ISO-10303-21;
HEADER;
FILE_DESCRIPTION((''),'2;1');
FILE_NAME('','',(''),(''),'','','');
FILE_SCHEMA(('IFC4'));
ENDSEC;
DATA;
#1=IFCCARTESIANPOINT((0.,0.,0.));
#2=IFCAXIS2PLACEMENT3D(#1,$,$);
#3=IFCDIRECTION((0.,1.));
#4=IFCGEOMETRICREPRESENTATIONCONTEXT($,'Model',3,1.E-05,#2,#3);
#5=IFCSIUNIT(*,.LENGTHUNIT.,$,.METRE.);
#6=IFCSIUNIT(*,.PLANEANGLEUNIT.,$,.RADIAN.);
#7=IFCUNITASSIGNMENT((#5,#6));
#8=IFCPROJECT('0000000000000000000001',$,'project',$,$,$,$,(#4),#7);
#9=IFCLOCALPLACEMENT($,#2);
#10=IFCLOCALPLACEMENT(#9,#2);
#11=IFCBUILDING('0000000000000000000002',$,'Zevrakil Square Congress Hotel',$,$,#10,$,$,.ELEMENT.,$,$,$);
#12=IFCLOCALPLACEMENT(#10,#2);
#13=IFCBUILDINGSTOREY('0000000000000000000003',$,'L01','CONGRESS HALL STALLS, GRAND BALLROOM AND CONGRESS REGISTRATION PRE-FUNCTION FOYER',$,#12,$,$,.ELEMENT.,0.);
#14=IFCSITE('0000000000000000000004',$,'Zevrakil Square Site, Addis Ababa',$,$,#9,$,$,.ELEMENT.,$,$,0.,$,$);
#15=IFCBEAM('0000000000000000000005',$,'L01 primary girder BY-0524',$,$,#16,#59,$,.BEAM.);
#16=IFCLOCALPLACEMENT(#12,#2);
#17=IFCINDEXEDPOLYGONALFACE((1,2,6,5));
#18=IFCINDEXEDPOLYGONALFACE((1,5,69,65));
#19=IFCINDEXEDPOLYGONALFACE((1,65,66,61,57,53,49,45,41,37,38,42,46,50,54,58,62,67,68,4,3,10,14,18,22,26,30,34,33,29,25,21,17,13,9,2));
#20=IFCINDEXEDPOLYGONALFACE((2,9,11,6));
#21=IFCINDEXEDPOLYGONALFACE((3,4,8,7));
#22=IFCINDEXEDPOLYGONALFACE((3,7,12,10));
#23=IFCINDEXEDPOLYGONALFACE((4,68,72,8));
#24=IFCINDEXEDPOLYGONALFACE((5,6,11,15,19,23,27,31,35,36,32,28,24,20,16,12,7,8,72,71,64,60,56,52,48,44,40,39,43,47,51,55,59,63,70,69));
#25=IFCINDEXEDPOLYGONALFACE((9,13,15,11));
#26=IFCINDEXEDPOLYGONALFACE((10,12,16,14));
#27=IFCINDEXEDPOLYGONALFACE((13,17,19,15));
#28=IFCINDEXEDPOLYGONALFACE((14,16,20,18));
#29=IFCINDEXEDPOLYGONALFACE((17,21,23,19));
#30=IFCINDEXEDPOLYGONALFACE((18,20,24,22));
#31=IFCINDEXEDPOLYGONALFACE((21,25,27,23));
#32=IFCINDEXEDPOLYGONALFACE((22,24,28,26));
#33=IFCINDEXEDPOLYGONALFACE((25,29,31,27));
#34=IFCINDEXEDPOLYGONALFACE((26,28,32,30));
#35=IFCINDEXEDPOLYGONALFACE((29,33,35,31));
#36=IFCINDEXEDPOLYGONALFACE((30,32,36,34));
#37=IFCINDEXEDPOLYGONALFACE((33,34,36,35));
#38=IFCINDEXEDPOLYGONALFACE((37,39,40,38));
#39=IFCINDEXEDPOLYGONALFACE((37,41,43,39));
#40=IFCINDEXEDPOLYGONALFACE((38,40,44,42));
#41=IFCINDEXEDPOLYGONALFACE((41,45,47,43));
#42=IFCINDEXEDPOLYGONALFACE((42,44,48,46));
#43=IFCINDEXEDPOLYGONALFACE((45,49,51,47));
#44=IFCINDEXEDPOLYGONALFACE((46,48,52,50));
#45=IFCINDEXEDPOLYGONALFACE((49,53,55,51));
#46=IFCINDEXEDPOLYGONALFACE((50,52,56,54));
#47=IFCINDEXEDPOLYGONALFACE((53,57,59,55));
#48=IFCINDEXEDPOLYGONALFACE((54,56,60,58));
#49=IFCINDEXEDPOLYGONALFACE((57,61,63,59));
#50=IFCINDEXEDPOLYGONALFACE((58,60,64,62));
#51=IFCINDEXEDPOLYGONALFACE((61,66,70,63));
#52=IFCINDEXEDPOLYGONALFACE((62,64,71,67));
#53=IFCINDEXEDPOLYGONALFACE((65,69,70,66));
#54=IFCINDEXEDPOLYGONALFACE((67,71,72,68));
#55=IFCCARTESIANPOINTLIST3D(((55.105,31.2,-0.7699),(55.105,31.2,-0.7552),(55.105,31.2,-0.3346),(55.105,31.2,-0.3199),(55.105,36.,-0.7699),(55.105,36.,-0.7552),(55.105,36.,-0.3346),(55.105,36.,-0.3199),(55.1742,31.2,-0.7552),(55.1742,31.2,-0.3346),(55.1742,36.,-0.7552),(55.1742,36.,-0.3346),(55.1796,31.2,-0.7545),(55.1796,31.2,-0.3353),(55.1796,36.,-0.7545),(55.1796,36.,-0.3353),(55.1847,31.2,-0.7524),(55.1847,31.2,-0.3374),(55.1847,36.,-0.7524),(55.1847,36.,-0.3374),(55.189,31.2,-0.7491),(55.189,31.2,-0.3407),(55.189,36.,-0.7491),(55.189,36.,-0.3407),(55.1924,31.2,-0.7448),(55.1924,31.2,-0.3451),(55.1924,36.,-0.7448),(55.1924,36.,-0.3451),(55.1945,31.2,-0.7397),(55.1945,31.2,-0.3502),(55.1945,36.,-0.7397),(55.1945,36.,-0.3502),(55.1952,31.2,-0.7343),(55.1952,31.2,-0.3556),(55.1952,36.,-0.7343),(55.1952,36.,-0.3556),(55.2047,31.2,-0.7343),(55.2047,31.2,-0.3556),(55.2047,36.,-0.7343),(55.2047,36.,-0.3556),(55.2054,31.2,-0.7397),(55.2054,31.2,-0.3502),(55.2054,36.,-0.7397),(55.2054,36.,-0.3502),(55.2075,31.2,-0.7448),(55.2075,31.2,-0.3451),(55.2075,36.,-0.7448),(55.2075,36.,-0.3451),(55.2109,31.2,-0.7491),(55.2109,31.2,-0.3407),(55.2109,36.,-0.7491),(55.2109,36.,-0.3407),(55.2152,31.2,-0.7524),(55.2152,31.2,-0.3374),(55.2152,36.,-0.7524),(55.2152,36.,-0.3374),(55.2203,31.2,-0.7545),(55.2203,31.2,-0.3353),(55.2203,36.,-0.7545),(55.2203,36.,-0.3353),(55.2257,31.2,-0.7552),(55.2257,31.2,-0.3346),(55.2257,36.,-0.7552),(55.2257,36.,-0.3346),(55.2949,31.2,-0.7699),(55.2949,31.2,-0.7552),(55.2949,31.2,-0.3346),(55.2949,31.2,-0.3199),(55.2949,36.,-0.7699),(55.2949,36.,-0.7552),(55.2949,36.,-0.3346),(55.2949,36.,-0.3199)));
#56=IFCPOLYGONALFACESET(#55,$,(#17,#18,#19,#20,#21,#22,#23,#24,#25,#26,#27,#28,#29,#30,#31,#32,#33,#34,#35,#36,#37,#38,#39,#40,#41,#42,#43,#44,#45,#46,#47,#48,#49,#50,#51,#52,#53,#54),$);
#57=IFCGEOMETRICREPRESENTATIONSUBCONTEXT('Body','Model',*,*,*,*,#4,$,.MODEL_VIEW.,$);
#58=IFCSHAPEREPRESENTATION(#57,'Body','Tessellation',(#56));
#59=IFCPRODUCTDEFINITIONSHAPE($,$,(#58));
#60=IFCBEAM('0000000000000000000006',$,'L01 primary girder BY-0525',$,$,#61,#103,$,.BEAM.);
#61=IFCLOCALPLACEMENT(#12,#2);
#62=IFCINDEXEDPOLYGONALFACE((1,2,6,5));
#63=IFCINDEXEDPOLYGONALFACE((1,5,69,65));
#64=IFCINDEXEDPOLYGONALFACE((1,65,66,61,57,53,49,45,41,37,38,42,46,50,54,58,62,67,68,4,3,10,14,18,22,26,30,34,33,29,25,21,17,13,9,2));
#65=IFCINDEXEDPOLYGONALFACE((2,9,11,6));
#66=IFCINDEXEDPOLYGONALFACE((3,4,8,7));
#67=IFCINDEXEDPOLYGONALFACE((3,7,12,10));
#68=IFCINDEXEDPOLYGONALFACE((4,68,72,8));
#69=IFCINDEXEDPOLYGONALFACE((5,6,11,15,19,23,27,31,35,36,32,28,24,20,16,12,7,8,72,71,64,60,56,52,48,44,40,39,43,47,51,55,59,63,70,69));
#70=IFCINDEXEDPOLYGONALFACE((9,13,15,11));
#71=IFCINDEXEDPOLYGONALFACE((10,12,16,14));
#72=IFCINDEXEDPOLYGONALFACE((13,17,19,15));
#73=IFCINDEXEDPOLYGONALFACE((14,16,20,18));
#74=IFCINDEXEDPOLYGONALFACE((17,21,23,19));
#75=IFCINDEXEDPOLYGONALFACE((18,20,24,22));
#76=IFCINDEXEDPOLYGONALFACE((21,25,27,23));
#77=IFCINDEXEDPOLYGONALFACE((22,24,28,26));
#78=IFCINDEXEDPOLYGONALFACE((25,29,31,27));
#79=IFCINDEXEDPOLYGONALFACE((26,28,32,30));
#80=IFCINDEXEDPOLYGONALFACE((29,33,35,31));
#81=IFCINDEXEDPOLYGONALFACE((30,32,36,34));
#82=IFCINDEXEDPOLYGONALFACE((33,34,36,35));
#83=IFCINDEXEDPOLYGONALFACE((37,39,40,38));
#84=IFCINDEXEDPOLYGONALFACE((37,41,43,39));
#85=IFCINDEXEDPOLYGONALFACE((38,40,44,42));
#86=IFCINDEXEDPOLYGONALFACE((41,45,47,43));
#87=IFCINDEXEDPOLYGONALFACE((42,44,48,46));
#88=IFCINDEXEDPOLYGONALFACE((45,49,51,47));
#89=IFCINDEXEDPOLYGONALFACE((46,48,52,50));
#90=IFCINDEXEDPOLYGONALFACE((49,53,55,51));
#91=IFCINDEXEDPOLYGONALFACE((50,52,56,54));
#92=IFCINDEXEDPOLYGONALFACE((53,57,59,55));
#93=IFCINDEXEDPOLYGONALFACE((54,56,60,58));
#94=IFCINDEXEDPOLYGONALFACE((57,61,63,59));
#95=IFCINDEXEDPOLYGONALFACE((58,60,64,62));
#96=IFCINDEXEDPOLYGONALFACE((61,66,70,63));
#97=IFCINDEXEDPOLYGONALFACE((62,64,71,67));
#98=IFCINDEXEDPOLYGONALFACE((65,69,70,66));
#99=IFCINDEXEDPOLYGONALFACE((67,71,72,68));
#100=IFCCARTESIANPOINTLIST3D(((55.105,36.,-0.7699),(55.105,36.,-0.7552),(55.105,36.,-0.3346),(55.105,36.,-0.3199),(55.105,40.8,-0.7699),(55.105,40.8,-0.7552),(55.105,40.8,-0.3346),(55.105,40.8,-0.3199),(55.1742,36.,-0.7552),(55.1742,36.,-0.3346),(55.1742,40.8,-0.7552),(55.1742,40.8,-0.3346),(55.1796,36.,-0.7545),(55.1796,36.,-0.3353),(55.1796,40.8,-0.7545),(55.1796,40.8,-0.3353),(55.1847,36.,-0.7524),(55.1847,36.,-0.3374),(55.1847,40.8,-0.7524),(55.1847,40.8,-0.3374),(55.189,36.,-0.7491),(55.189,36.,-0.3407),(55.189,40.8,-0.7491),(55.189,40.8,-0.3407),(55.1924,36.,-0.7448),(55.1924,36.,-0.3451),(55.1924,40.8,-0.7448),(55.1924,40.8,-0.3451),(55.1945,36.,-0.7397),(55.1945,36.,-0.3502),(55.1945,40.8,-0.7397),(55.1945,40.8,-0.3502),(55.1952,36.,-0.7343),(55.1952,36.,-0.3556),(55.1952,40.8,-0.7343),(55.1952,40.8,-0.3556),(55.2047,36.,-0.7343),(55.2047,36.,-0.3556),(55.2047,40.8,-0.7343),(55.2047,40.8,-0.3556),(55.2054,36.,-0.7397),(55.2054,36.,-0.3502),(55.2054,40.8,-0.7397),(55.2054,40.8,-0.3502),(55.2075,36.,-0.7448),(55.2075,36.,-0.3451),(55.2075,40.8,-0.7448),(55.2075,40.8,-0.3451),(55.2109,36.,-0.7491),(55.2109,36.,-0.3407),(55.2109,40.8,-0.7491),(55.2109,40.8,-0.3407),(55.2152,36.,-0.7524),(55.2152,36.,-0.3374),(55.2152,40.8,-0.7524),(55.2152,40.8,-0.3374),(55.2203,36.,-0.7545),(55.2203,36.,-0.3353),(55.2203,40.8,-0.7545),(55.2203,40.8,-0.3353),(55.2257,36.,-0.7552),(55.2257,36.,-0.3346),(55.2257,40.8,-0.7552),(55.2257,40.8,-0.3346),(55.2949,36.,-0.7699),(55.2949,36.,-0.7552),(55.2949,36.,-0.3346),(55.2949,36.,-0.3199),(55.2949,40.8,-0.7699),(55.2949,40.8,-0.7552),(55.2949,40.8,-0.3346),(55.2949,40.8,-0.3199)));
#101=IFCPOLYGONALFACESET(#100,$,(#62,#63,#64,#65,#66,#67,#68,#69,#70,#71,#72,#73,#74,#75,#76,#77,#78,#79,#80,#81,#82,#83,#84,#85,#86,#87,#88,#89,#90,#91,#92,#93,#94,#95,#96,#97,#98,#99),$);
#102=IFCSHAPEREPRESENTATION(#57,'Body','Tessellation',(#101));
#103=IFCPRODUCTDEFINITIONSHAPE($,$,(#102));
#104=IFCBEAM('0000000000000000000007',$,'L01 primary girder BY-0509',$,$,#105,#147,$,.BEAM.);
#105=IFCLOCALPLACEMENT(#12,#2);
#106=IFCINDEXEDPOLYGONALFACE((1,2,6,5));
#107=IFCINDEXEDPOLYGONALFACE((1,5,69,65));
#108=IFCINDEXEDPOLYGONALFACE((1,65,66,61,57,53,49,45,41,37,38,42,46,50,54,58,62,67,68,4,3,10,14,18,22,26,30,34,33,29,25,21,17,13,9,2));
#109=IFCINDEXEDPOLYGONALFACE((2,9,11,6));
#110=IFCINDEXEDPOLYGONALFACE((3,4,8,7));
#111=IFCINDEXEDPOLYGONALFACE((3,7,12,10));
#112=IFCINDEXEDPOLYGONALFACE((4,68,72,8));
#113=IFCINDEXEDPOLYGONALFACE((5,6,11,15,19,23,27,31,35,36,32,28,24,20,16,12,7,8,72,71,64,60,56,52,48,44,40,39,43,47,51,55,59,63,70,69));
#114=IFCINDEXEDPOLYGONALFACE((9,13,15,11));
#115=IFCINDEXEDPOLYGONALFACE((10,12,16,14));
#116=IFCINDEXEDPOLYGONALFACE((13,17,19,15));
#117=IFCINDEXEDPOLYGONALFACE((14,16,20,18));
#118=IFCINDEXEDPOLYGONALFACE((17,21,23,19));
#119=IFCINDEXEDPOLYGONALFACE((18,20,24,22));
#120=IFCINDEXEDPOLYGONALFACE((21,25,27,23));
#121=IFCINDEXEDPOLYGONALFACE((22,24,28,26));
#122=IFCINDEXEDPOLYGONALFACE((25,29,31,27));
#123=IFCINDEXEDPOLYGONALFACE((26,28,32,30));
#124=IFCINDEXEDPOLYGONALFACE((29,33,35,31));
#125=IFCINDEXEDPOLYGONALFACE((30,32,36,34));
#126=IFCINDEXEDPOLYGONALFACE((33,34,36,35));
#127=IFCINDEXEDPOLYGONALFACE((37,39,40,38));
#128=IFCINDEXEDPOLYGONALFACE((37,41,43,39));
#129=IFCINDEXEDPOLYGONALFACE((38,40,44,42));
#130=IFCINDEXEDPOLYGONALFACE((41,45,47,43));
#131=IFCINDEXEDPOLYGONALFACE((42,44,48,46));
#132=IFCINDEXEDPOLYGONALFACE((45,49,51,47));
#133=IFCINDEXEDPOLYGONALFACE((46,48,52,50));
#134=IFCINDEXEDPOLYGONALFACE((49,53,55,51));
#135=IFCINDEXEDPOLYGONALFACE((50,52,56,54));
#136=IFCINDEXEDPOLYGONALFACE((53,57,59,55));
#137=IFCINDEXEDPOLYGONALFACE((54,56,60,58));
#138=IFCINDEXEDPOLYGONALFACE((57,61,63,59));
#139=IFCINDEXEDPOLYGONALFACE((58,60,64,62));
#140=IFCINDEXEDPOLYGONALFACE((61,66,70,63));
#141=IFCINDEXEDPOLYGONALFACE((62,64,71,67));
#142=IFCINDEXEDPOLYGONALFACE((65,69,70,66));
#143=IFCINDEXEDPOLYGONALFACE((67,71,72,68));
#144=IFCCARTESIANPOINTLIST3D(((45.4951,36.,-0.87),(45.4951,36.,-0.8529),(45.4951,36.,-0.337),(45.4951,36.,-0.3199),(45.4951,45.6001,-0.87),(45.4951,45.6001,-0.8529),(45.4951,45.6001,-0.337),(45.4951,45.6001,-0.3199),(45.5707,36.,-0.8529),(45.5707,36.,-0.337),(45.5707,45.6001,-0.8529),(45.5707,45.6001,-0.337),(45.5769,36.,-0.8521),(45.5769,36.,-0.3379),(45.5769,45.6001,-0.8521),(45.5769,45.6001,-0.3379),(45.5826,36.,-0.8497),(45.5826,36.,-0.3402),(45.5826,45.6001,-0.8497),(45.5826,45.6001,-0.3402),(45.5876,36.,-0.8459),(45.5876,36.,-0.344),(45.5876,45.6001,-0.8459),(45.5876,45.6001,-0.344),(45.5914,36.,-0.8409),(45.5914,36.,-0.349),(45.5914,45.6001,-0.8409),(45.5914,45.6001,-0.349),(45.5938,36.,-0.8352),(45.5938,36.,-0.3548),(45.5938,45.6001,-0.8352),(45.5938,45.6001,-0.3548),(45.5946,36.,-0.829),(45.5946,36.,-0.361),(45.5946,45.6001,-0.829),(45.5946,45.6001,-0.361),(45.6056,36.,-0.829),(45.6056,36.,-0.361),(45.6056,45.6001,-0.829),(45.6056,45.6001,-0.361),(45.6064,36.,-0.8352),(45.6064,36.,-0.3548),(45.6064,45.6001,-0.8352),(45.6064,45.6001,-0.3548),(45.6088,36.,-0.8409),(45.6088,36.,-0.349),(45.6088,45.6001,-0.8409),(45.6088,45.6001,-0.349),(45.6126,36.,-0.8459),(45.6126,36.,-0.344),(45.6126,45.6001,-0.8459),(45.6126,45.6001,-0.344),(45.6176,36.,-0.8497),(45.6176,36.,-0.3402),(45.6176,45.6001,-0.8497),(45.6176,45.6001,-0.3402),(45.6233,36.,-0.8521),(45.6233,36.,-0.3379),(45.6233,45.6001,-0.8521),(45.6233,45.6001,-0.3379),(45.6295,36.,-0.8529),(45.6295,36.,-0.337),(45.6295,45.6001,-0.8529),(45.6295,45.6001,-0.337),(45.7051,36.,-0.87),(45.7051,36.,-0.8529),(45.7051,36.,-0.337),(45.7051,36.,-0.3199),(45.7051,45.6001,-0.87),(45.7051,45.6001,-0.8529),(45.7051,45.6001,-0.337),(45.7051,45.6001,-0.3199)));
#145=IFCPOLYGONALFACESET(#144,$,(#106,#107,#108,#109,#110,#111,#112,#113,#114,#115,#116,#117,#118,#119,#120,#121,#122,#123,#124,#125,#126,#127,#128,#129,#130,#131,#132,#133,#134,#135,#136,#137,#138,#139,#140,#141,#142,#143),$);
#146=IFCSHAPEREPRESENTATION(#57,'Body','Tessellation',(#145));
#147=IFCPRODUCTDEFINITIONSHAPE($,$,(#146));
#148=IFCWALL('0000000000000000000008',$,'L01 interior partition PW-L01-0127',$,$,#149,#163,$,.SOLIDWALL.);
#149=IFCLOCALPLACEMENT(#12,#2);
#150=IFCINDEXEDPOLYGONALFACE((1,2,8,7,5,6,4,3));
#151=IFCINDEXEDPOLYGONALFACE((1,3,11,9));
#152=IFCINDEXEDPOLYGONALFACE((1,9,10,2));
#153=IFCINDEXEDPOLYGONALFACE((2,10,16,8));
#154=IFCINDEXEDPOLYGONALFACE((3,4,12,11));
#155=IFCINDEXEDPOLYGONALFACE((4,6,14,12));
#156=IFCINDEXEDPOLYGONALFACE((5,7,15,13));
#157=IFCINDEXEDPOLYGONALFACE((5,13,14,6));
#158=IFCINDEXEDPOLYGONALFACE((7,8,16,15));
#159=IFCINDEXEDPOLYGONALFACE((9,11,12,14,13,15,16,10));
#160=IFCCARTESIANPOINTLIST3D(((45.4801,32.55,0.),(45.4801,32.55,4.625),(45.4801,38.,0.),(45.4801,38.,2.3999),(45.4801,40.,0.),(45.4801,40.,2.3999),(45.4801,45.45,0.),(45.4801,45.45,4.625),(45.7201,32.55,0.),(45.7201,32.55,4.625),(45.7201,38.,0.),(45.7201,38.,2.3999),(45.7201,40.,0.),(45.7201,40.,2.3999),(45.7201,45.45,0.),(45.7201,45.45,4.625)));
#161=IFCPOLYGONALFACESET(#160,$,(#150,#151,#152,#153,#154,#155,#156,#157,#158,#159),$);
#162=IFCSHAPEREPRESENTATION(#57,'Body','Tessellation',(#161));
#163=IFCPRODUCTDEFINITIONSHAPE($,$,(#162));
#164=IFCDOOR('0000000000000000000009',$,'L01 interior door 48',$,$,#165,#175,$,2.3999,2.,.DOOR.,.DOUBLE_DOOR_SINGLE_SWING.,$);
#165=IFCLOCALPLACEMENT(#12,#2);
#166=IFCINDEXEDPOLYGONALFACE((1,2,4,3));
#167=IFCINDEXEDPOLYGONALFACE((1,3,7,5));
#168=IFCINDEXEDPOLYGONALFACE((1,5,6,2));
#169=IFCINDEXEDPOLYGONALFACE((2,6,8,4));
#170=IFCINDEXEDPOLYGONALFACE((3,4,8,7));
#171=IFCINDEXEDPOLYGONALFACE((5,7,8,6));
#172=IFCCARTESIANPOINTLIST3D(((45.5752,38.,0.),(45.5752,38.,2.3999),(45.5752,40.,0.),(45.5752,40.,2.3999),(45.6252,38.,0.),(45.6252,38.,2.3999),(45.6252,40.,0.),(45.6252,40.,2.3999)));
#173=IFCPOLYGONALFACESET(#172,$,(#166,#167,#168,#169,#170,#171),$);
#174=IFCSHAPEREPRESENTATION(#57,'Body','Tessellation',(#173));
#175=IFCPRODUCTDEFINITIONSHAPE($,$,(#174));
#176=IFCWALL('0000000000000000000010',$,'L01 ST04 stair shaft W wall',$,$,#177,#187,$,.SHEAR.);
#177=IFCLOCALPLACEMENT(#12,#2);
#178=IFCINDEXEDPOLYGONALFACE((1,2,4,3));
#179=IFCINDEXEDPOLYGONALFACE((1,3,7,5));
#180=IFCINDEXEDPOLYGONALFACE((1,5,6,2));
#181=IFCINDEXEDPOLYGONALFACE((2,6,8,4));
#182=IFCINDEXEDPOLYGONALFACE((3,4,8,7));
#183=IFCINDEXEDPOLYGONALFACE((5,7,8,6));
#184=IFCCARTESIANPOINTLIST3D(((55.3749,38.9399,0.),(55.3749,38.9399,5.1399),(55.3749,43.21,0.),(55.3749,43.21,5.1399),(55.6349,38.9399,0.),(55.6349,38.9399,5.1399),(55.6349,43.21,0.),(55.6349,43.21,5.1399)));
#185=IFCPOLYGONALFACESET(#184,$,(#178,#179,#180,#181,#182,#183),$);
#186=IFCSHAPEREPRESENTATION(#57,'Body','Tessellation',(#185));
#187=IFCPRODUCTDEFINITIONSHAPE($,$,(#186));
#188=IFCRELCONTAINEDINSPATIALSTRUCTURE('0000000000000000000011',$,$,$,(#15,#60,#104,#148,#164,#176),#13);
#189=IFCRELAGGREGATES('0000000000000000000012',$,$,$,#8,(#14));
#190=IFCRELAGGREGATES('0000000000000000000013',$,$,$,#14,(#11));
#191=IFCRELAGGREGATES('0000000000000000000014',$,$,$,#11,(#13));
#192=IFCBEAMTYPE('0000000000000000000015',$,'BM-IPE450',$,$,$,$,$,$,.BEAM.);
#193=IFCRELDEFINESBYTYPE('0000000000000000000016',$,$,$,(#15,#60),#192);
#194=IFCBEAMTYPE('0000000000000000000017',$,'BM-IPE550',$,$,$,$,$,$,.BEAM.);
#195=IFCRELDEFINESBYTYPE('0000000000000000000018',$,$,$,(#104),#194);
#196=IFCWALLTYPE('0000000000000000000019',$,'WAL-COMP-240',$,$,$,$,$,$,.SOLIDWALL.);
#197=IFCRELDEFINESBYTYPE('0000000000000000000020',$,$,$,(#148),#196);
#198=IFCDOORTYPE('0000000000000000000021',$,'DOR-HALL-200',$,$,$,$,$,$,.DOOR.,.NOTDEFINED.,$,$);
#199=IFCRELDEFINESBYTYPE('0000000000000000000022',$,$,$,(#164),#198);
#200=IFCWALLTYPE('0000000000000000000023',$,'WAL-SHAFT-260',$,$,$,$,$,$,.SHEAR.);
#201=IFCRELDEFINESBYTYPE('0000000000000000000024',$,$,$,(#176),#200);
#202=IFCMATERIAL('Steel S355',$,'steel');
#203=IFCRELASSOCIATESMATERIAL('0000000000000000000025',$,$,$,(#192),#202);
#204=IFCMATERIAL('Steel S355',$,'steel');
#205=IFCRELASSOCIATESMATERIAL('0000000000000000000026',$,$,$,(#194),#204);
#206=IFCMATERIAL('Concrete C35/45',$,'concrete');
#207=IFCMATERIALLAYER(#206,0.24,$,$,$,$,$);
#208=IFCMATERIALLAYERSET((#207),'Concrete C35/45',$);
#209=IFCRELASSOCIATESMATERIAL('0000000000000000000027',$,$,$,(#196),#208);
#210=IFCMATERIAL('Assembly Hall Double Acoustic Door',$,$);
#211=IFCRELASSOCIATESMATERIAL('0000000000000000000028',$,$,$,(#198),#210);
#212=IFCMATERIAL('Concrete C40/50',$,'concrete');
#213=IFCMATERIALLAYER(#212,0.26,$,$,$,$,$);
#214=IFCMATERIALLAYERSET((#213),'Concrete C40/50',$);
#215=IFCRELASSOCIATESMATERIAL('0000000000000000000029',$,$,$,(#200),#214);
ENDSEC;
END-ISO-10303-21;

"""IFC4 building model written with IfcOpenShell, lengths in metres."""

from ifc_helpers import new_model, si_unit, direction, frame, frame_2d, origin, origin_2d, place, context, subcontext, project, spatial, rectangle, i_section, extrude, material, layer, layer_set, material_profile, profile_set, type_object, element, fill, save


model = new_model("IFC4")

# Units and contexts
model_context = context("Model", 3, precision=1e-05, world=origin(), true_north=direction((0.0, 1.0)))
body_context = subcontext(model_context, "Body", "Model", "MODEL_VIEW")
ifc_project = project(units=[si_unit("LENGTHUNIT", "METRE"), si_unit("PLANEANGLEUNIT", "RADIAN")], contexts=[model_context])

# Site, building, storey
site_placement = place(None, origin())
site = spatial("IfcSite", under=ifc_project, at=site_placement, Name="Zevrakil Square Site, Addis Ababa", CompositionType="ELEMENT", RefElevation=0.0)
building_placement = place(site_placement, origin())
building = spatial("IfcBuilding", under=site, at=building_placement, Name="Zevrakil Square Congress Hotel", CompositionType="ELEMENT")
storey_placement = place(building_placement, origin())
storey = spatial("IfcBuildingStorey", under=building, at=storey_placement, Name="L01", Description="CONGRESS HALL STALLS, GRAND BALLROOM AND CONGRESS REGISTRATION PRE-FUNCTION FOYER", CompositionType="ELEMENT", Elevation=0.0)

# Beams
ifc_material_1 = material(Name="Steel S355", Category="steel")
ifc_material_profile_1 = material_profile(ifc_material_1, i_section(OverallWidth=0.1899, OverallDepth=0.45, WebThickness=0.0095, FlangeThickness=0.0146, FilletRadius=0.021, at=origin_2d()), Name="IPE 450")
ifc_profile_set_1 = profile_set([ifc_material_profile_1], Name="Steel S355")
beam_type_1 = type_object("IfcBeamType", Name="BM-IPE450", PredefinedType="BEAM", material=ifc_profile_set_1)
for number, where, z_axis, x_axis, name in (
    (1, (55.2, 31.2, -0.5449), (0.0, 1.0, 0.0), (-1.0, 0.0, 0.0), "L01 primary girder BY-0524"),
    (2, (55.2, 36.0, -0.5449), (0.0, 1.0, 0.0), (-1.0, 0.0, 0.0), "L01 primary girder BY-0525"),
):
    element("IfcBeam", number, at=place(storey_placement, frame(where, z_axis=z_axis, x_axis=x_axis)), inside=storey, type_object=beam_type_1, Name=name, PredefinedType="BEAM", context=body_context, shape_type="SweptSolid", body=[
        extrude(i_section(OverallWidth=0.1899, OverallDepth=0.45, WebThickness=0.0095, FlangeThickness=0.0146, FilletRadius=0.021, at=origin_2d()), origin(), (0.0, 0.0, 1.0), 4.8),
    ])
ifc_material_2 = material(Name="Steel S355", Category="steel")
ifc_material_profile_2 = material_profile(ifc_material_2, i_section(OverallWidth=0.21, OverallDepth=0.55, WebThickness=0.011, FlangeThickness=0.0171, FilletRadius=0.0239, at=origin_2d()), Name="IPE 550")
ifc_profile_set_2 = profile_set([ifc_material_profile_2], Name="Steel S355")
beam_type_2 = type_object("IfcBeamType", Name="BM-IPE550", PredefinedType="BEAM", material=ifc_profile_set_2)
beam_1_placement = place(storey_placement, frame((45.6001, 36.0, -0.595), z_axis=(0.0, 1.0, 0.0), x_axis=(-1.0, 0.0, 0.0)))
element("IfcBeam", 3, at=beam_1_placement, inside=storey, type_object=beam_type_2, Name="L01 primary girder BY-0509", PredefinedType="BEAM", context=body_context, shape_type="SweptSolid", body=[
    extrude(i_section(OverallWidth=0.21, OverallDepth=0.55, WebThickness=0.011, FlangeThickness=0.0171, FilletRadius=0.0239, at=origin_2d()), origin(), (0.0, 0.0, 1.0), 9.6001),
])

# Wall, opening, door
ifc_material_3 = material(Name="Concrete C35/45", Category="concrete")
ifc_layer_1 = layer(ifc_material_3, 0.24)
ifc_layer_set_1 = layer_set([ifc_layer_1], Name="Concrete C35/45")
wall_type_1 = type_object("IfcWallType", Name="WAL-COMP-240", PredefinedType="SOLIDWALL", material=ifc_layer_set_1)
wall_1_placement = place(storey_placement, frame((45.6001, 32.55, 0.0), z_axis=(0.0, 0.0, 1.0), x_axis=(0.0, 1.0, 0.0)))
wall_1 = element("IfcWall", 4, at=wall_1_placement, inside=storey, type_object=wall_type_1, Name="L01 interior partition PW-L01-0127", PredefinedType="SOLIDWALL", context=body_context, shape_type="SweptSolid", body=[
    extrude(rectangle(XDim=12.8999, YDim=0.24, at=frame_2d((6.45, 0.0))), origin(), (0.0, 0.0, 1.0), 4.625),
])
opening_1_placement = place(wall_1_placement, frame((5.45, 0.0, 0.0)))
opening_1 = element("IfcOpeningElement", 5, at=opening_1_placement, cuts=wall_1, PredefinedType="OPENING", context=body_context, shape_type="SweptSolid", body=[
    extrude(rectangle(XDim=2.0, YDim=2.3999, at=frame_2d((1.0, 1.2))), frame((0.0, 0.1299, 0.0), z_axis=(0.0, -1.0, 0.0), x_axis=(1.0, 0.0, 0.0)), (0.0, 0.0, 1.0), 0.26),
])
ifc_material_4 = material(Name="Assembly Hall Double Acoustic Door")
door_type_1 = type_object("IfcDoorType", Name="DOR-HALL-200", OperationType="NOTDEFINED", PredefinedType="DOOR", material=ifc_material_4)
door_1_placement = place(opening_1_placement, origin())
door_1 = element("IfcDoor", 6, at=door_1_placement, inside=storey, type_object=door_type_1, Name="L01 interior door 48", OperationType="DOUBLE_DOOR_SINGLE_SWING", OverallHeight=2.3999, OverallWidth=2.0, PredefinedType="DOOR", context=body_context, shape_type="SweptSolid", body=[
    extrude(rectangle(XDim=2.0, YDim=2.3999, at=frame_2d((1.0, 1.2))), frame((0.0, 0.0249, 0.0), z_axis=(0.0, -1.0, 0.0), x_axis=(1.0, 0.0, 0.0)), (0.0, 0.0, 1.0), 0.05),
])
fill(opening_1, door_1)

# Wall
ifc_material_5 = material(Name="Concrete C40/50", Category="concrete")
ifc_layer_2 = layer(ifc_material_5, 0.26)
ifc_layer_set_2 = layer_set([ifc_layer_2], Name="Concrete C40/50")
wall_type_2 = type_object("IfcWallType", Name="WAL-SHAFT-260", PredefinedType="SHEAR", material=ifc_layer_set_2)
wall_2_placement = place(storey_placement, frame((55.5049, 38.9399, 0.0), z_axis=(0.0, 0.0, 1.0), x_axis=(0.0, 1.0, 0.0)))
element("IfcWall", 7, at=wall_2_placement, inside=storey, type_object=wall_type_2, Name="L01 ST04 stair shaft W wall", PredefinedType="SHEAR", context=body_context, shape_type="SweptSolid", body=[
    extrude(rectangle(XDim=4.27, YDim=0.26, at=frame_2d((2.135, 0.0))), origin(), (0.0, 0.0, 1.0), 5.1399),
])

save(model, "model.ifc")
